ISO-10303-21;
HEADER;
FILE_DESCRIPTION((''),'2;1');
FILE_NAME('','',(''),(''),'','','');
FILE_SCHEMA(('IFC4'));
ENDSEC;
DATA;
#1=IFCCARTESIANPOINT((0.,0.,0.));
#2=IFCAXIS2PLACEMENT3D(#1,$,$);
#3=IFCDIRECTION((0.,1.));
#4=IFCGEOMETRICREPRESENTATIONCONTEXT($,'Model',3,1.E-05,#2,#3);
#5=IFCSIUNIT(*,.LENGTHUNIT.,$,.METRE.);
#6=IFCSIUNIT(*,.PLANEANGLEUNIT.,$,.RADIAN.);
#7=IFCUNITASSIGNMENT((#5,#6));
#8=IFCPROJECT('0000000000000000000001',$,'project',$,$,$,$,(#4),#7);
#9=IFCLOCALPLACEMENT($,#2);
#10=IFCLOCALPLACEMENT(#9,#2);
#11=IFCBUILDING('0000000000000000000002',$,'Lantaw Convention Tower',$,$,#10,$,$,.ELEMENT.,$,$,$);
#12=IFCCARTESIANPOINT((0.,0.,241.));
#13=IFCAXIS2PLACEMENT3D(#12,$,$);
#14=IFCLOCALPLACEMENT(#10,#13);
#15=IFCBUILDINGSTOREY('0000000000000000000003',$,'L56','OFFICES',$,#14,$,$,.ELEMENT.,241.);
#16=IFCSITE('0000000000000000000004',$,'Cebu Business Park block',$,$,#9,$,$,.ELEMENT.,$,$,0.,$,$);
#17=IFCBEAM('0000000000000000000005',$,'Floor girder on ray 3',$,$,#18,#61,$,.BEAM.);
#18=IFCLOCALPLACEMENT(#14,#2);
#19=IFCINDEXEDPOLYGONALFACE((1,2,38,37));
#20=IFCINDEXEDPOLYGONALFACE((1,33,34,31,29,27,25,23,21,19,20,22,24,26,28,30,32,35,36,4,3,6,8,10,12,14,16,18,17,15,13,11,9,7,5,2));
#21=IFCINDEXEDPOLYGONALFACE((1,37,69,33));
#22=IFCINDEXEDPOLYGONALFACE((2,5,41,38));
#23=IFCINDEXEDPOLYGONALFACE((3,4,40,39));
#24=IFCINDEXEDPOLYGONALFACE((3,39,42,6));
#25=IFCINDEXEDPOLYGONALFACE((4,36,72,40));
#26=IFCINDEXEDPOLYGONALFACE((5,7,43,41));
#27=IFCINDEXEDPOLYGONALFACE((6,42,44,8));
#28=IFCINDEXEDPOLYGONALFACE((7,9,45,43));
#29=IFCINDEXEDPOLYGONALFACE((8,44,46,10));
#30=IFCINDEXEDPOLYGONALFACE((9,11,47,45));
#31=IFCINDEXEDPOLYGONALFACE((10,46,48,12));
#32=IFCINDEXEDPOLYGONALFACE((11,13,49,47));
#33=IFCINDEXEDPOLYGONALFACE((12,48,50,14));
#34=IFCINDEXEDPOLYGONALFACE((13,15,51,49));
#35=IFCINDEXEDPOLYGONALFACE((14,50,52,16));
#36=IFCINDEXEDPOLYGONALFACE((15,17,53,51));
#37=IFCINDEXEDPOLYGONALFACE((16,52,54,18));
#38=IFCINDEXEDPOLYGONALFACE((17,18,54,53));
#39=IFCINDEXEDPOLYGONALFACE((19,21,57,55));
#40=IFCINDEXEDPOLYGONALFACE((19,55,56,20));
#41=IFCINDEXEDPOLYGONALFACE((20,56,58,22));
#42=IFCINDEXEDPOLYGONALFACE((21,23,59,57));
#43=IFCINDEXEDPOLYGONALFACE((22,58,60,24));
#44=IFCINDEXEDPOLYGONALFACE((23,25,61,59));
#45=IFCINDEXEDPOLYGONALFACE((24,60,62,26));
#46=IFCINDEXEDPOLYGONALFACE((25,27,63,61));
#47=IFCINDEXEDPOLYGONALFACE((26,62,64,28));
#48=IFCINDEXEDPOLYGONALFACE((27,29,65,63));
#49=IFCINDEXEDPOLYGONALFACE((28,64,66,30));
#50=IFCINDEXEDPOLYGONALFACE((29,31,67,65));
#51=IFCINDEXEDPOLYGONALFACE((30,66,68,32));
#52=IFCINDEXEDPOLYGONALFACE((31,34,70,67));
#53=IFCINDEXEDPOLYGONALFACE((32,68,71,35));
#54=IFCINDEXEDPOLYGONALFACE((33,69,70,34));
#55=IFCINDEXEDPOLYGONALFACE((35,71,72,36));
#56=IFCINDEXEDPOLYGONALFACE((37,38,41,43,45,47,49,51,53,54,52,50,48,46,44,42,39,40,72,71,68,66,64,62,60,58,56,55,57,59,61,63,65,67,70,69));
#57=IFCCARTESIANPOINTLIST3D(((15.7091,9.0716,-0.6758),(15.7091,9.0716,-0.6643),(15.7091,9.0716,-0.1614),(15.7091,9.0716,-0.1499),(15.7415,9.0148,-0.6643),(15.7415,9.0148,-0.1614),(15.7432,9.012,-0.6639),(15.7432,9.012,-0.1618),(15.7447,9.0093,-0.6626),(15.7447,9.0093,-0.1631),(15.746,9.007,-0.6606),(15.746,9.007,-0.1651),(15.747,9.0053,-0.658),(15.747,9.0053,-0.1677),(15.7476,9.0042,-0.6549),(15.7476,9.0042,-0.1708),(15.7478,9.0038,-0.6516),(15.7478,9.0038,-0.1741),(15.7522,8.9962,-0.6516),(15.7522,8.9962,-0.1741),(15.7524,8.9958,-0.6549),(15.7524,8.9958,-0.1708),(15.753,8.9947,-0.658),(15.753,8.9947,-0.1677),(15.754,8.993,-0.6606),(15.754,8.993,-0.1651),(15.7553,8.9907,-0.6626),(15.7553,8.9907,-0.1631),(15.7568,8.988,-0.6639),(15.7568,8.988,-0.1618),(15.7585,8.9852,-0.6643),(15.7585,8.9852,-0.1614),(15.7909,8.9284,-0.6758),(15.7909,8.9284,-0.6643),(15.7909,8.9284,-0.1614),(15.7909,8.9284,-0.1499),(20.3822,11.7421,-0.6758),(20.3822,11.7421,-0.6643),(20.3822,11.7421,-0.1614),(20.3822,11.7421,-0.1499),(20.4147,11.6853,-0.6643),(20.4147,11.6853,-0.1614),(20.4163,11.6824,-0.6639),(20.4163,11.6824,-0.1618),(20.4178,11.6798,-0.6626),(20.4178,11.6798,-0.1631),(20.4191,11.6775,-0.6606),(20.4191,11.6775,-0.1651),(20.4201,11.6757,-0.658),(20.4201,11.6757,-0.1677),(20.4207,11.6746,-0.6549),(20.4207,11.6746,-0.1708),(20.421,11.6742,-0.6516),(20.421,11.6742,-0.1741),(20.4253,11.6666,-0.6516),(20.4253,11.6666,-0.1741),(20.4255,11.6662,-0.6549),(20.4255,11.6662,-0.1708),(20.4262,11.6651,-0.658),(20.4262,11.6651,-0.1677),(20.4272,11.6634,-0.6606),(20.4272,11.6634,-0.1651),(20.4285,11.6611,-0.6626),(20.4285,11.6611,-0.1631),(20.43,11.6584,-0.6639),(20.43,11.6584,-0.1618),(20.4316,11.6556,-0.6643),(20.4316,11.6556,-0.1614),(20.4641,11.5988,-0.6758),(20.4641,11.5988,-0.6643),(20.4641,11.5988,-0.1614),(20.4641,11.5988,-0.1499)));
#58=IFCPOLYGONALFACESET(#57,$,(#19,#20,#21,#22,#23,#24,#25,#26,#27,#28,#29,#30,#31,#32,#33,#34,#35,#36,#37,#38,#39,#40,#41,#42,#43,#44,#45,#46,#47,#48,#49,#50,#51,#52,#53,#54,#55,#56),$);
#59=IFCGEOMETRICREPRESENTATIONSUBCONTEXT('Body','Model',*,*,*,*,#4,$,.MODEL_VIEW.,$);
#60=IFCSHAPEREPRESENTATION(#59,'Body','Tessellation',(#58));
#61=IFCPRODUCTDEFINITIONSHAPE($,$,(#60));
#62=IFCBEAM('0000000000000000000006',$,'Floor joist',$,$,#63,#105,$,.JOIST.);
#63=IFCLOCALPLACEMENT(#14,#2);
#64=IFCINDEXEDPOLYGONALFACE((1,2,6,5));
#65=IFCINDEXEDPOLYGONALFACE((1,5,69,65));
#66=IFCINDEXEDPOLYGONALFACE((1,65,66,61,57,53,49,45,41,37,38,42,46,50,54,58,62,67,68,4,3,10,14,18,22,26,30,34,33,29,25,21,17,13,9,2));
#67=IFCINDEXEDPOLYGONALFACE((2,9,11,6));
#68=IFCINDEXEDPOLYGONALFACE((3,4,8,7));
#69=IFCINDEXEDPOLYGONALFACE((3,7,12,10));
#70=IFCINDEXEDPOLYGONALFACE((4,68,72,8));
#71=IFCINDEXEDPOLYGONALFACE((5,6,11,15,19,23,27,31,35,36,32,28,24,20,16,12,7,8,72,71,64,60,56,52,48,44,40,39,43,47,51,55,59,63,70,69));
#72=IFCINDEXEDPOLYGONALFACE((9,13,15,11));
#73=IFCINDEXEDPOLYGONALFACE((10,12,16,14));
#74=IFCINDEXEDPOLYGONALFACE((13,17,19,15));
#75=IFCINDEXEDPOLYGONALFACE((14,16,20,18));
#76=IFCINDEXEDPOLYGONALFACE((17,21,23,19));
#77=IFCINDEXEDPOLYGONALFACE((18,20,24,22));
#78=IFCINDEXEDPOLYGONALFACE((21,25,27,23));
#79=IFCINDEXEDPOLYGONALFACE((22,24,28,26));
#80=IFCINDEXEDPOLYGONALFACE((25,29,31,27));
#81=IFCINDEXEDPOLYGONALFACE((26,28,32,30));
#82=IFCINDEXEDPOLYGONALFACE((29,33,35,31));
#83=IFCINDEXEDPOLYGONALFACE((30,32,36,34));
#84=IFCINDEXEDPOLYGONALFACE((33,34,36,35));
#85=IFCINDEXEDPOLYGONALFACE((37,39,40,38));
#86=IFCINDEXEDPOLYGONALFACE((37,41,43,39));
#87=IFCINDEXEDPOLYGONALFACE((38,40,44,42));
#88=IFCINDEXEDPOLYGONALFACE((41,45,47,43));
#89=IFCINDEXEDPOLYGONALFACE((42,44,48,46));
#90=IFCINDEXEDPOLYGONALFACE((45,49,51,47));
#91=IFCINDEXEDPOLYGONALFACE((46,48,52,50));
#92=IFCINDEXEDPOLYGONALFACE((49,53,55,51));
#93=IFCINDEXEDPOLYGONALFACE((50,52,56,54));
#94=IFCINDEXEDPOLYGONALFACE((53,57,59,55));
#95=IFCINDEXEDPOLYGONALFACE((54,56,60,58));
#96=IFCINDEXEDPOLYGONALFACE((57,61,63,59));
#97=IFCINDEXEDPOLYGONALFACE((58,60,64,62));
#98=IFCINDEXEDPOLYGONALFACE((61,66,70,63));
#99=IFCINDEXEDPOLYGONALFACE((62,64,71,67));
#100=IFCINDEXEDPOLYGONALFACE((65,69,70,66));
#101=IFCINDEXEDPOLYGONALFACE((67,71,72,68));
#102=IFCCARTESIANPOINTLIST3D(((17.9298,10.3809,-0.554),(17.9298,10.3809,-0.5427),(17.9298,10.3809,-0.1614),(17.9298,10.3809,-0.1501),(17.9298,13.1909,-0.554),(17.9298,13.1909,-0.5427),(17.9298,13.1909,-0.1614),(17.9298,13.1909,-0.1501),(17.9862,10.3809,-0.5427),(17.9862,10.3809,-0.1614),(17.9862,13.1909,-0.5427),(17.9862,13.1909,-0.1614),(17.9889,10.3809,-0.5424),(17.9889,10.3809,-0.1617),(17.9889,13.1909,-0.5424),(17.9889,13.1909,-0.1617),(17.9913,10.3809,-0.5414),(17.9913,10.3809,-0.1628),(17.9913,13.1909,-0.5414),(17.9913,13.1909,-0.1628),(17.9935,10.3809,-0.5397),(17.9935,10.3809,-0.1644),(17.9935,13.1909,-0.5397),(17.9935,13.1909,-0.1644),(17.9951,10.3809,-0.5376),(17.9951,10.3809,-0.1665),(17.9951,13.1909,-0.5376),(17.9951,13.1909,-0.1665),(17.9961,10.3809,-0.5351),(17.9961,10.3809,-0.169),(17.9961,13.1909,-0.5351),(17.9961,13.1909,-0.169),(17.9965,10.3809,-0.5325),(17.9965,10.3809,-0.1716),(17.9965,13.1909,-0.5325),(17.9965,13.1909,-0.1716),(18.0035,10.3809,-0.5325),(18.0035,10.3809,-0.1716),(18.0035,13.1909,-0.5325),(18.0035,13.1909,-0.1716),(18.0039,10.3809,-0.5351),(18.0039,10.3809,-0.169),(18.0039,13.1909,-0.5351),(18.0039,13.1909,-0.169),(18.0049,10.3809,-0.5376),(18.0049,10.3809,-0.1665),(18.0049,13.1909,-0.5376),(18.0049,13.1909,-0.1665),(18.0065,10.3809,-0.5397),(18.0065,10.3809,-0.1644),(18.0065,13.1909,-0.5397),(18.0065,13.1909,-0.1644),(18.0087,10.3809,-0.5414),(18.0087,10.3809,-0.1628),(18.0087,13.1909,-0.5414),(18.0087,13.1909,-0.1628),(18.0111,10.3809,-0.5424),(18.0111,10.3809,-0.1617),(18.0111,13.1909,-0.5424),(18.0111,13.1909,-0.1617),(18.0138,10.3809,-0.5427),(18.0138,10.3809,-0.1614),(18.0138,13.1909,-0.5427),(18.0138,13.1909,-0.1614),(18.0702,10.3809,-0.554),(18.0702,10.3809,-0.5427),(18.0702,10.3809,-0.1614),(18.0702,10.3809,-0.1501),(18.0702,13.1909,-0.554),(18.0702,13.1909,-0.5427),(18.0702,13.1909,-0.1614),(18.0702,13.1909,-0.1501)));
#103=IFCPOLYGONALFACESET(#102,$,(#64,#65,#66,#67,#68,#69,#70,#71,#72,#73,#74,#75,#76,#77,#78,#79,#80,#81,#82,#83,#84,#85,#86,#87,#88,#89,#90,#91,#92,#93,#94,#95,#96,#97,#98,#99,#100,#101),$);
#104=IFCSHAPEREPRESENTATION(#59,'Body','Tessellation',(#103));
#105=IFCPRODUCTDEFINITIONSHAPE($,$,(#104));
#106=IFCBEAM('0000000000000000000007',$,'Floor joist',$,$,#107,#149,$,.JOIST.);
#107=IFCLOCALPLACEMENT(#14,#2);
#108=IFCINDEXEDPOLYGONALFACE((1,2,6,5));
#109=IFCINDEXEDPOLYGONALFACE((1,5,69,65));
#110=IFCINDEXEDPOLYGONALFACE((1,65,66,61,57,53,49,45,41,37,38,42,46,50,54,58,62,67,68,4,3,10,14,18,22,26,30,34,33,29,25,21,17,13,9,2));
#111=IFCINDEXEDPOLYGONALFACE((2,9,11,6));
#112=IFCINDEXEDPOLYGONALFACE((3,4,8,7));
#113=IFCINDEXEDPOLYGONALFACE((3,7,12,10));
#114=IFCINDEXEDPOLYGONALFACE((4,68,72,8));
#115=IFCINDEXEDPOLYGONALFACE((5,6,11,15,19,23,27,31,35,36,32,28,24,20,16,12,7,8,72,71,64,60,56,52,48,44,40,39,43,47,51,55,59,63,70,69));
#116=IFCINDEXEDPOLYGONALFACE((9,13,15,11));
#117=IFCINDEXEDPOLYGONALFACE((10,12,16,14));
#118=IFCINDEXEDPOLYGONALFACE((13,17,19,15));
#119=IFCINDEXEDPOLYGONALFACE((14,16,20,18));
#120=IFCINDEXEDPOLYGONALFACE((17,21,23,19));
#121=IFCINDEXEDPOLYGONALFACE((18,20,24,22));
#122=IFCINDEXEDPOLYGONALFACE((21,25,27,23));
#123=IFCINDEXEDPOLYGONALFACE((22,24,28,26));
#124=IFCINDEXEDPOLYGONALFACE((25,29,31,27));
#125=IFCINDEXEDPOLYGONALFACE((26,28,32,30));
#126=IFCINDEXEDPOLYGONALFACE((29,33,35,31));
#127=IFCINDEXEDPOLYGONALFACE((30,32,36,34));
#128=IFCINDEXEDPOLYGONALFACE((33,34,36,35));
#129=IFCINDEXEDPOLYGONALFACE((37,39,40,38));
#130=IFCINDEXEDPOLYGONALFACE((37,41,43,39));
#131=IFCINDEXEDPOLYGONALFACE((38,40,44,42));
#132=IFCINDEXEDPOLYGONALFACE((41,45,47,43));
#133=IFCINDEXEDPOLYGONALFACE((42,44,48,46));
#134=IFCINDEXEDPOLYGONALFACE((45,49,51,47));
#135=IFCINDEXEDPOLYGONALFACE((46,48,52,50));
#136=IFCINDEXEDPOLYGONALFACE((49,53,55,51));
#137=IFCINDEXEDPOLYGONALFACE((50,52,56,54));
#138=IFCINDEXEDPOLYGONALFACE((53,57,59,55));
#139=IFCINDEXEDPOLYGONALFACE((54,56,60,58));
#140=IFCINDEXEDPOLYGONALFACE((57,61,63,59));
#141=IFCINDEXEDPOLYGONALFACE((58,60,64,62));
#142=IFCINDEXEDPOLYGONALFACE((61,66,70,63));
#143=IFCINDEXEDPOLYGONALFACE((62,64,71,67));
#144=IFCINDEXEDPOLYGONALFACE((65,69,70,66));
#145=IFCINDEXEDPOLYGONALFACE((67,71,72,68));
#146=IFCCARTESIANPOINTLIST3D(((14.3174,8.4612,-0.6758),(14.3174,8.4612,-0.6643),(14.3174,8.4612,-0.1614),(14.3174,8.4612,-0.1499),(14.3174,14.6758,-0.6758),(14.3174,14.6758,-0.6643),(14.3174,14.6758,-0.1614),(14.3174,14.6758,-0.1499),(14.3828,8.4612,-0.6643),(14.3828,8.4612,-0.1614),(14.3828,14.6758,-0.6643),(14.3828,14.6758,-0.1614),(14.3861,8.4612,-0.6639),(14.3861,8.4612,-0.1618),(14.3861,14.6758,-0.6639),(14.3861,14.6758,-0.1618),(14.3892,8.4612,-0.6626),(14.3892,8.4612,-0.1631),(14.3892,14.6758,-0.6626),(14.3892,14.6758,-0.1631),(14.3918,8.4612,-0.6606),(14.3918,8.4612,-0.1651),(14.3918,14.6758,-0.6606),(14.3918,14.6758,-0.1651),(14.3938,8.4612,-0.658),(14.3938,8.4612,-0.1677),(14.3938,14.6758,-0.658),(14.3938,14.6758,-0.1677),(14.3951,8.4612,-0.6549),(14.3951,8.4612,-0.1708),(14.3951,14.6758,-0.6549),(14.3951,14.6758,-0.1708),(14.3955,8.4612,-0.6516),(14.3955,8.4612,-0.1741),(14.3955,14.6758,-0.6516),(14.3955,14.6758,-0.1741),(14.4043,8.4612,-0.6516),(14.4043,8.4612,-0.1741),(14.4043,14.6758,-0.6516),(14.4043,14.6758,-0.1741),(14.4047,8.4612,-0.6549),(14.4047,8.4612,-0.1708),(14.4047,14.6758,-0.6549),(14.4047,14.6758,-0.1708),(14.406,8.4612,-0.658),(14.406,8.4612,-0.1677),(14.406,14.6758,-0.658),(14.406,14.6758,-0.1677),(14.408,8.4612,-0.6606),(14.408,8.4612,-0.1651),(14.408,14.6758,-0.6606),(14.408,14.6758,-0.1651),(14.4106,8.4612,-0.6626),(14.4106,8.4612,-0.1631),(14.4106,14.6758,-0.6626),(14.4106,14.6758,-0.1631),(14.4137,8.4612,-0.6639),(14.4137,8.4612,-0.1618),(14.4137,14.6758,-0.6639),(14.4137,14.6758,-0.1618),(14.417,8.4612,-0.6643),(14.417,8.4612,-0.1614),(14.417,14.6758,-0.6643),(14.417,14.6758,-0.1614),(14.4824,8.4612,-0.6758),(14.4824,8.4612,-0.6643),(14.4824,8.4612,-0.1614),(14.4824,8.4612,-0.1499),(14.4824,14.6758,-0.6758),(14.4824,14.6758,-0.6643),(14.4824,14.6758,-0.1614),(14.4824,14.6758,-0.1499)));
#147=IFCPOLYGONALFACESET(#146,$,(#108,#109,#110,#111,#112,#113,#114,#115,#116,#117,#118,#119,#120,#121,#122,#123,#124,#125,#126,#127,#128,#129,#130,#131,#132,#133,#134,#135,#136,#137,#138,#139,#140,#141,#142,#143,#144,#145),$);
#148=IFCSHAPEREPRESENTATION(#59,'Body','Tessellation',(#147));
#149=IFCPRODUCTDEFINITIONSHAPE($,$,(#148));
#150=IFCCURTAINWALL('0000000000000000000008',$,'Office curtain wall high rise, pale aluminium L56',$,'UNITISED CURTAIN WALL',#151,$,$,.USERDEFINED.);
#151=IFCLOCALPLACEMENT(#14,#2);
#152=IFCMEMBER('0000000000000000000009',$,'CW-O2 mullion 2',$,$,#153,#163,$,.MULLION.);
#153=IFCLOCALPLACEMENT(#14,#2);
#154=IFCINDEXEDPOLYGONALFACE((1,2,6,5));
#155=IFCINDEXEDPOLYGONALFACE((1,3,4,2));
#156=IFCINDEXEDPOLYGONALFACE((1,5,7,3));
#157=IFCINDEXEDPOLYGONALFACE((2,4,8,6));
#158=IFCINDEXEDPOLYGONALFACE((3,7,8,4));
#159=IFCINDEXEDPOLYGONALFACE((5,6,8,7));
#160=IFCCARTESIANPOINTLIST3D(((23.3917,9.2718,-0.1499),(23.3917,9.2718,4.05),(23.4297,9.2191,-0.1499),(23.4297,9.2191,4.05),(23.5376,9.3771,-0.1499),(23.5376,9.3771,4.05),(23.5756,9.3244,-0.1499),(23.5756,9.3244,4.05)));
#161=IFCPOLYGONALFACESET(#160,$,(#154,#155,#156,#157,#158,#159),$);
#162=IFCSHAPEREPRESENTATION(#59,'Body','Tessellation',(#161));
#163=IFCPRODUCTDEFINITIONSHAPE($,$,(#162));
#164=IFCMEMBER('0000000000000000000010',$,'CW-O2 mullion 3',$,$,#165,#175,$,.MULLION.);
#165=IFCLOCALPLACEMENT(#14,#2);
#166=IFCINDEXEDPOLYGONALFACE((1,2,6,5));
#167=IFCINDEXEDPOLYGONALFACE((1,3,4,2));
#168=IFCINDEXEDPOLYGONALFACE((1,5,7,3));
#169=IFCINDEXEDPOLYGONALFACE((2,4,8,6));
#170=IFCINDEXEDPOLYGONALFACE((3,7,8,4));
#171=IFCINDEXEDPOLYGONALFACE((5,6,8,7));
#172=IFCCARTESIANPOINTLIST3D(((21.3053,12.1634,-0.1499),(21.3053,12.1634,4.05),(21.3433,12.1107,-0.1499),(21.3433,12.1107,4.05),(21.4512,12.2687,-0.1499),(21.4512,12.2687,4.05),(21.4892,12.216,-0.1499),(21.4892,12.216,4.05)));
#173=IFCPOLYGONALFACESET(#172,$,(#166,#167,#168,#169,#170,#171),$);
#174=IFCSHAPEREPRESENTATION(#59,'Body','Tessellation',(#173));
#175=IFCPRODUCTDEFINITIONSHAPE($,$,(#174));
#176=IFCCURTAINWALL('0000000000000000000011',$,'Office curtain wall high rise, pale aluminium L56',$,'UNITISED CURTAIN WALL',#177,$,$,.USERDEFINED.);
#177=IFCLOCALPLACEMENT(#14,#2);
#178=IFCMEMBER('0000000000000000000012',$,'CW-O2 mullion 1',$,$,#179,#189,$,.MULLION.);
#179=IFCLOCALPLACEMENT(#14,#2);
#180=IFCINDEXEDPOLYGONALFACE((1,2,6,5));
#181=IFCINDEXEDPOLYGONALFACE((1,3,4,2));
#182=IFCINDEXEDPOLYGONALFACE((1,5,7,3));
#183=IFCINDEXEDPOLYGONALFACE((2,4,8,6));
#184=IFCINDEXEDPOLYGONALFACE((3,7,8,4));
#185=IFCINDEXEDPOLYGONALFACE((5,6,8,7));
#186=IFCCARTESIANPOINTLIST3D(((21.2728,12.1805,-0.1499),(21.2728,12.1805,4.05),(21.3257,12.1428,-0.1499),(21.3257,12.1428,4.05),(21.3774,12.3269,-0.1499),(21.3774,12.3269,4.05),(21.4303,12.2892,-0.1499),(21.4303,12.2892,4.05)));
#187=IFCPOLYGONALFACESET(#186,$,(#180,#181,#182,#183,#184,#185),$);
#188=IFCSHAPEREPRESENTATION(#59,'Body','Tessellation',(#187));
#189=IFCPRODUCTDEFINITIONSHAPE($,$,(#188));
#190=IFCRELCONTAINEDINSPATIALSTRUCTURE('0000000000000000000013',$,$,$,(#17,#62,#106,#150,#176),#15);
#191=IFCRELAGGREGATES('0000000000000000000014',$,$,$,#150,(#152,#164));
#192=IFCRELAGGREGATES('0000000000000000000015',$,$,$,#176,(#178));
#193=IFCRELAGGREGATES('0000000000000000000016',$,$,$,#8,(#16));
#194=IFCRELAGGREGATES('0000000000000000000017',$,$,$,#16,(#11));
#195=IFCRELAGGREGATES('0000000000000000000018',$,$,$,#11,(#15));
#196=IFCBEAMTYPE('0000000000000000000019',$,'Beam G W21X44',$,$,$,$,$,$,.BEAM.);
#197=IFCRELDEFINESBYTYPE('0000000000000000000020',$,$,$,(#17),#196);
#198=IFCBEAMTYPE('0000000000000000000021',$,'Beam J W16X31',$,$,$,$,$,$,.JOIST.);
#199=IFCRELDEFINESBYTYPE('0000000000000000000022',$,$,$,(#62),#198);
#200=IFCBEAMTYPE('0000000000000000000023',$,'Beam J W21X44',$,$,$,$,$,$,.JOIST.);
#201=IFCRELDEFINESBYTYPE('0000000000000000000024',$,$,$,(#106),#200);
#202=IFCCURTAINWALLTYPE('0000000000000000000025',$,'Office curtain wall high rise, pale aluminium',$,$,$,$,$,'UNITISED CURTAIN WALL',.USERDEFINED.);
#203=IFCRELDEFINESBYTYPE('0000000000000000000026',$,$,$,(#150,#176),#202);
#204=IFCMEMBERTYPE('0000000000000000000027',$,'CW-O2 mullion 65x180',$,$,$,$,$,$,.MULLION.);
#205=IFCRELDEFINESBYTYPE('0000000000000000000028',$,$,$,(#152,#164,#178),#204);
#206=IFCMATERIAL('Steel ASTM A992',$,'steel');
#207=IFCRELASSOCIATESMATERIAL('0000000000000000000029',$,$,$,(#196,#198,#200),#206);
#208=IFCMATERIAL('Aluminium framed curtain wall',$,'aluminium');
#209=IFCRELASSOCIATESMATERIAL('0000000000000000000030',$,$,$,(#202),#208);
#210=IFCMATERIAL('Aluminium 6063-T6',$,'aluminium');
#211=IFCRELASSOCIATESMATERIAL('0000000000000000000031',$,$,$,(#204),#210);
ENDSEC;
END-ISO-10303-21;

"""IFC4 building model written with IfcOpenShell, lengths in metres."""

from ifc_helpers import new_model, si_unit, direction, frame, origin, origin_2d, place, context, subcontext, project, spatial, rectangle, i_section, extrude, material, material_profile, profile_set, type_object, element, aggregate, save


model = new_model("IFC4")

# Units and contexts
model_context = context("Model", 3, precision=1e-05, world=origin(), true_north=direction((0.0, 1.0)))
body_context = subcontext(model_context, "Body", "Model", "MODEL_VIEW")
ifc_project = project(units=[si_unit("LENGTHUNIT", "METRE"), si_unit("PLANEANGLEUNIT", "RADIAN")], contexts=[model_context])

# Site, building, storey
site_placement = place(None, origin())
site = spatial("IfcSite", under=ifc_project, at=site_placement, Name="Cebu Business Park block", CompositionType="ELEMENT", RefElevation=0.0)
building_placement = place(site_placement, origin())
building = spatial("IfcBuilding", under=site, at=building_placement, Name="Lantaw Convention Tower", CompositionType="ELEMENT")
storey_placement = place(building_placement, frame((0.0, 0.0, 241.0)))
storey = spatial("IfcBuildingStorey", under=building, at=storey_placement, Name="L56", Description="OFFICES", CompositionType="ELEMENT", Elevation=241.0)

# Beams
ifc_material_1 = material(Name="Steel ASTM A992", Category="steel")
ifc_material_profile_1 = material_profile(ifc_material_1, i_section(OverallWidth=0.165, OverallDepth=0.5259, WebThickness=0.0088, FlangeThickness=0.0115, FilletRadius=0.0127, at=origin_2d()), Name="W21X44")
ifc_profile_set_1 = profile_set([ifc_material_profile_1], Name="Steel ASTM A992")
beam_type_1 = type_object("IfcBeamType", Name="Beam G W21X44", PredefinedType="BEAM", material=ifc_profile_set_1)
beam_1_placement = place(storey_placement, frame((15.75, 9.0, -0.4128), z_axis=(0.868238, 0.496149, 0.0), x_axis=(-0.496149, 0.868238, 0.0)))
element("IfcBeam", 1, at=beam_1_placement, inside=storey, type_object=beam_type_1, Name="Floor girder on ray 3", PredefinedType="BEAM", context=body_context, shape_type="SweptSolid", body=[
    extrude(i_section(OverallWidth=0.165, OverallDepth=0.5259, WebThickness=0.0088, FlangeThickness=0.0115, FilletRadius=0.0127, at=origin_2d()), origin(), (0.0, 0.0, 1.0), 5.3823),
])
ifc_material_profile_2 = material_profile(ifc_material_1, i_section(OverallWidth=0.1404, OverallDepth=0.4038, WebThickness=0.0071, FlangeThickness=0.0112, FilletRadius=0.0103, at=origin_2d()), Name="W16X31")
ifc_profile_set_2 = profile_set([ifc_material_profile_2], Name="Steel ASTM A992")
beam_type_2 = type_object("IfcBeamType", Name="Beam J W16X31", PredefinedType="JOIST", material=ifc_profile_set_2)
beam_2_placement = place(storey_placement, frame((18.0, 10.3809, -0.3521), z_axis=(0.0, 1.0, 0.0), x_axis=(-1.0, 0.0, 0.0)))
element("IfcBeam", 2, at=beam_2_placement, inside=storey, type_object=beam_type_2, Name="Floor joist", PredefinedType="JOIST", context=body_context, shape_type="SweptSolid", body=[
    extrude(i_section(OverallWidth=0.1404, OverallDepth=0.4038, WebThickness=0.0071, FlangeThickness=0.0112, FilletRadius=0.0103, at=origin_2d()), origin(), (0.0, 0.0, 1.0), 2.8101),
])
ifc_material_profile_3 = material_profile(ifc_material_1, i_section(OverallWidth=0.165, OverallDepth=0.5259, WebThickness=0.0088, FlangeThickness=0.0115, FilletRadius=0.0127, at=origin_2d()), Name="W21X44")
ifc_profile_set_3 = profile_set([ifc_material_profile_3], Name="Steel ASTM A992")
beam_type_3 = type_object("IfcBeamType", Name="Beam J W21X44", PredefinedType="JOIST", material=ifc_profile_set_3)
beam_3_placement = place(storey_placement, frame((14.3999, 8.4612, -0.4128), z_axis=(0.0, 1.0, 0.0), x_axis=(-1.0, 0.0, 0.0)))
element("IfcBeam", 3, at=beam_3_placement, inside=storey, type_object=beam_type_3, Name="Floor joist", PredefinedType="JOIST", context=body_context, shape_type="SweptSolid", body=[
    extrude(i_section(OverallWidth=0.165, OverallDepth=0.5259, WebThickness=0.0088, FlangeThickness=0.0115, FilletRadius=0.0127, at=origin_2d()), origin(), (0.0, 0.0, 1.0), 6.2146),
])

# Curtain walls, members
ifc_material_2 = material(Name="Aluminium framed curtain wall", Category="aluminium")
curtain_wall_type = type_object("IfcCurtainWallType", Name="Office curtain wall high rise, pale aluminium", ElementType="UNITISED CURTAIN WALL", PredefinedType="USERDEFINED", material=ifc_material_2)
curtain_wall_1_placement = place(storey_placement, origin())
curtain_wall_1 = element("IfcCurtainWall", 4, at=curtain_wall_1_placement, inside=storey, type_object=curtain_wall_type, Name="Office curtain wall high rise, pale aluminium L56", ObjectType="UNITISED CURTAIN WALL", PredefinedType="USERDEFINED")
ifc_material_3 = material(Name="Aluminium 6063-T6", Category="aluminium")
ifc_material_profile_4 = material_profile(ifc_material_3, rectangle(XDim=0.1799, YDim=0.0649, at=origin_2d()), Name="CW-O2 mullion 65x180")
ifc_profile_set_4 = profile_set([ifc_material_profile_4], Name="Aluminium 6063-T6")
member_type_1 = type_object("IfcMemberType", Name="CW-O2 mullion 65x180", PredefinedType="MULLION", material=ifc_profile_set_4)
member_1_placement = place(storey_placement, frame((23.4836, 9.2981, -0.1499), z_axis=(0.0, 0.0, 1.0), x_axis=(-0.81092, -0.585158, 0.0)))
member_1 = element("IfcMember", 5, at=member_1_placement, type_object=member_type_1, Name="CW-O2 mullion 2", PredefinedType="MULLION", context=body_context, shape_type="SweptSolid", body=[
    extrude(rectangle(XDim=0.1799, YDim=0.0649, at=origin_2d()), origin(), (0.0, 0.0, 1.0), 4.2),
])
member_2_placement = place(storey_placement, frame((21.3972, 12.1897, -0.1499), z_axis=(0.0, 0.0, 1.0), x_axis=(-0.81092, -0.585158, 0.0)))
member_2 = element("IfcMember", 6, at=member_2_placement, type_object=member_type_1, Name="CW-O2 mullion 3", PredefinedType="MULLION", context=body_context, shape_type="SweptSolid", body=[
    extrude(rectangle(XDim=0.1799, YDim=0.0649, at=origin_2d()), origin(), (0.0, 0.0, 1.0), 4.2),
])
curtain_wall_2_placement = place(storey_placement, origin())
curtain_wall_2 = element("IfcCurtainWall", 7, at=curtain_wall_2_placement, inside=storey, type_object=curtain_wall_type, Name="Office curtain wall high rise, pale aluminium L56", ObjectType="UNITISED CURTAIN WALL", PredefinedType="USERDEFINED")
member_3_placement = place(storey_placement, frame((21.3516, 12.2349, -0.1499), z_axis=(0.0, 0.0, 1.0), x_axis=(-0.581323, -0.813673, 0.0)))
member_3 = element("IfcMember", 8, at=member_3_placement, type_object=member_type_1, Name="CW-O2 mullion 1", PredefinedType="MULLION", context=body_context, shape_type="SweptSolid", body=[
    extrude(rectangle(XDim=0.1799, YDim=0.0649, at=origin_2d()), origin(), (0.0, 0.0, 1.0), 4.2),
])

aggregate(curtain_wall_1, [member_1, member_2])
aggregate(curtain_wall_2, [member_3])

save(model, "model.ifc")
